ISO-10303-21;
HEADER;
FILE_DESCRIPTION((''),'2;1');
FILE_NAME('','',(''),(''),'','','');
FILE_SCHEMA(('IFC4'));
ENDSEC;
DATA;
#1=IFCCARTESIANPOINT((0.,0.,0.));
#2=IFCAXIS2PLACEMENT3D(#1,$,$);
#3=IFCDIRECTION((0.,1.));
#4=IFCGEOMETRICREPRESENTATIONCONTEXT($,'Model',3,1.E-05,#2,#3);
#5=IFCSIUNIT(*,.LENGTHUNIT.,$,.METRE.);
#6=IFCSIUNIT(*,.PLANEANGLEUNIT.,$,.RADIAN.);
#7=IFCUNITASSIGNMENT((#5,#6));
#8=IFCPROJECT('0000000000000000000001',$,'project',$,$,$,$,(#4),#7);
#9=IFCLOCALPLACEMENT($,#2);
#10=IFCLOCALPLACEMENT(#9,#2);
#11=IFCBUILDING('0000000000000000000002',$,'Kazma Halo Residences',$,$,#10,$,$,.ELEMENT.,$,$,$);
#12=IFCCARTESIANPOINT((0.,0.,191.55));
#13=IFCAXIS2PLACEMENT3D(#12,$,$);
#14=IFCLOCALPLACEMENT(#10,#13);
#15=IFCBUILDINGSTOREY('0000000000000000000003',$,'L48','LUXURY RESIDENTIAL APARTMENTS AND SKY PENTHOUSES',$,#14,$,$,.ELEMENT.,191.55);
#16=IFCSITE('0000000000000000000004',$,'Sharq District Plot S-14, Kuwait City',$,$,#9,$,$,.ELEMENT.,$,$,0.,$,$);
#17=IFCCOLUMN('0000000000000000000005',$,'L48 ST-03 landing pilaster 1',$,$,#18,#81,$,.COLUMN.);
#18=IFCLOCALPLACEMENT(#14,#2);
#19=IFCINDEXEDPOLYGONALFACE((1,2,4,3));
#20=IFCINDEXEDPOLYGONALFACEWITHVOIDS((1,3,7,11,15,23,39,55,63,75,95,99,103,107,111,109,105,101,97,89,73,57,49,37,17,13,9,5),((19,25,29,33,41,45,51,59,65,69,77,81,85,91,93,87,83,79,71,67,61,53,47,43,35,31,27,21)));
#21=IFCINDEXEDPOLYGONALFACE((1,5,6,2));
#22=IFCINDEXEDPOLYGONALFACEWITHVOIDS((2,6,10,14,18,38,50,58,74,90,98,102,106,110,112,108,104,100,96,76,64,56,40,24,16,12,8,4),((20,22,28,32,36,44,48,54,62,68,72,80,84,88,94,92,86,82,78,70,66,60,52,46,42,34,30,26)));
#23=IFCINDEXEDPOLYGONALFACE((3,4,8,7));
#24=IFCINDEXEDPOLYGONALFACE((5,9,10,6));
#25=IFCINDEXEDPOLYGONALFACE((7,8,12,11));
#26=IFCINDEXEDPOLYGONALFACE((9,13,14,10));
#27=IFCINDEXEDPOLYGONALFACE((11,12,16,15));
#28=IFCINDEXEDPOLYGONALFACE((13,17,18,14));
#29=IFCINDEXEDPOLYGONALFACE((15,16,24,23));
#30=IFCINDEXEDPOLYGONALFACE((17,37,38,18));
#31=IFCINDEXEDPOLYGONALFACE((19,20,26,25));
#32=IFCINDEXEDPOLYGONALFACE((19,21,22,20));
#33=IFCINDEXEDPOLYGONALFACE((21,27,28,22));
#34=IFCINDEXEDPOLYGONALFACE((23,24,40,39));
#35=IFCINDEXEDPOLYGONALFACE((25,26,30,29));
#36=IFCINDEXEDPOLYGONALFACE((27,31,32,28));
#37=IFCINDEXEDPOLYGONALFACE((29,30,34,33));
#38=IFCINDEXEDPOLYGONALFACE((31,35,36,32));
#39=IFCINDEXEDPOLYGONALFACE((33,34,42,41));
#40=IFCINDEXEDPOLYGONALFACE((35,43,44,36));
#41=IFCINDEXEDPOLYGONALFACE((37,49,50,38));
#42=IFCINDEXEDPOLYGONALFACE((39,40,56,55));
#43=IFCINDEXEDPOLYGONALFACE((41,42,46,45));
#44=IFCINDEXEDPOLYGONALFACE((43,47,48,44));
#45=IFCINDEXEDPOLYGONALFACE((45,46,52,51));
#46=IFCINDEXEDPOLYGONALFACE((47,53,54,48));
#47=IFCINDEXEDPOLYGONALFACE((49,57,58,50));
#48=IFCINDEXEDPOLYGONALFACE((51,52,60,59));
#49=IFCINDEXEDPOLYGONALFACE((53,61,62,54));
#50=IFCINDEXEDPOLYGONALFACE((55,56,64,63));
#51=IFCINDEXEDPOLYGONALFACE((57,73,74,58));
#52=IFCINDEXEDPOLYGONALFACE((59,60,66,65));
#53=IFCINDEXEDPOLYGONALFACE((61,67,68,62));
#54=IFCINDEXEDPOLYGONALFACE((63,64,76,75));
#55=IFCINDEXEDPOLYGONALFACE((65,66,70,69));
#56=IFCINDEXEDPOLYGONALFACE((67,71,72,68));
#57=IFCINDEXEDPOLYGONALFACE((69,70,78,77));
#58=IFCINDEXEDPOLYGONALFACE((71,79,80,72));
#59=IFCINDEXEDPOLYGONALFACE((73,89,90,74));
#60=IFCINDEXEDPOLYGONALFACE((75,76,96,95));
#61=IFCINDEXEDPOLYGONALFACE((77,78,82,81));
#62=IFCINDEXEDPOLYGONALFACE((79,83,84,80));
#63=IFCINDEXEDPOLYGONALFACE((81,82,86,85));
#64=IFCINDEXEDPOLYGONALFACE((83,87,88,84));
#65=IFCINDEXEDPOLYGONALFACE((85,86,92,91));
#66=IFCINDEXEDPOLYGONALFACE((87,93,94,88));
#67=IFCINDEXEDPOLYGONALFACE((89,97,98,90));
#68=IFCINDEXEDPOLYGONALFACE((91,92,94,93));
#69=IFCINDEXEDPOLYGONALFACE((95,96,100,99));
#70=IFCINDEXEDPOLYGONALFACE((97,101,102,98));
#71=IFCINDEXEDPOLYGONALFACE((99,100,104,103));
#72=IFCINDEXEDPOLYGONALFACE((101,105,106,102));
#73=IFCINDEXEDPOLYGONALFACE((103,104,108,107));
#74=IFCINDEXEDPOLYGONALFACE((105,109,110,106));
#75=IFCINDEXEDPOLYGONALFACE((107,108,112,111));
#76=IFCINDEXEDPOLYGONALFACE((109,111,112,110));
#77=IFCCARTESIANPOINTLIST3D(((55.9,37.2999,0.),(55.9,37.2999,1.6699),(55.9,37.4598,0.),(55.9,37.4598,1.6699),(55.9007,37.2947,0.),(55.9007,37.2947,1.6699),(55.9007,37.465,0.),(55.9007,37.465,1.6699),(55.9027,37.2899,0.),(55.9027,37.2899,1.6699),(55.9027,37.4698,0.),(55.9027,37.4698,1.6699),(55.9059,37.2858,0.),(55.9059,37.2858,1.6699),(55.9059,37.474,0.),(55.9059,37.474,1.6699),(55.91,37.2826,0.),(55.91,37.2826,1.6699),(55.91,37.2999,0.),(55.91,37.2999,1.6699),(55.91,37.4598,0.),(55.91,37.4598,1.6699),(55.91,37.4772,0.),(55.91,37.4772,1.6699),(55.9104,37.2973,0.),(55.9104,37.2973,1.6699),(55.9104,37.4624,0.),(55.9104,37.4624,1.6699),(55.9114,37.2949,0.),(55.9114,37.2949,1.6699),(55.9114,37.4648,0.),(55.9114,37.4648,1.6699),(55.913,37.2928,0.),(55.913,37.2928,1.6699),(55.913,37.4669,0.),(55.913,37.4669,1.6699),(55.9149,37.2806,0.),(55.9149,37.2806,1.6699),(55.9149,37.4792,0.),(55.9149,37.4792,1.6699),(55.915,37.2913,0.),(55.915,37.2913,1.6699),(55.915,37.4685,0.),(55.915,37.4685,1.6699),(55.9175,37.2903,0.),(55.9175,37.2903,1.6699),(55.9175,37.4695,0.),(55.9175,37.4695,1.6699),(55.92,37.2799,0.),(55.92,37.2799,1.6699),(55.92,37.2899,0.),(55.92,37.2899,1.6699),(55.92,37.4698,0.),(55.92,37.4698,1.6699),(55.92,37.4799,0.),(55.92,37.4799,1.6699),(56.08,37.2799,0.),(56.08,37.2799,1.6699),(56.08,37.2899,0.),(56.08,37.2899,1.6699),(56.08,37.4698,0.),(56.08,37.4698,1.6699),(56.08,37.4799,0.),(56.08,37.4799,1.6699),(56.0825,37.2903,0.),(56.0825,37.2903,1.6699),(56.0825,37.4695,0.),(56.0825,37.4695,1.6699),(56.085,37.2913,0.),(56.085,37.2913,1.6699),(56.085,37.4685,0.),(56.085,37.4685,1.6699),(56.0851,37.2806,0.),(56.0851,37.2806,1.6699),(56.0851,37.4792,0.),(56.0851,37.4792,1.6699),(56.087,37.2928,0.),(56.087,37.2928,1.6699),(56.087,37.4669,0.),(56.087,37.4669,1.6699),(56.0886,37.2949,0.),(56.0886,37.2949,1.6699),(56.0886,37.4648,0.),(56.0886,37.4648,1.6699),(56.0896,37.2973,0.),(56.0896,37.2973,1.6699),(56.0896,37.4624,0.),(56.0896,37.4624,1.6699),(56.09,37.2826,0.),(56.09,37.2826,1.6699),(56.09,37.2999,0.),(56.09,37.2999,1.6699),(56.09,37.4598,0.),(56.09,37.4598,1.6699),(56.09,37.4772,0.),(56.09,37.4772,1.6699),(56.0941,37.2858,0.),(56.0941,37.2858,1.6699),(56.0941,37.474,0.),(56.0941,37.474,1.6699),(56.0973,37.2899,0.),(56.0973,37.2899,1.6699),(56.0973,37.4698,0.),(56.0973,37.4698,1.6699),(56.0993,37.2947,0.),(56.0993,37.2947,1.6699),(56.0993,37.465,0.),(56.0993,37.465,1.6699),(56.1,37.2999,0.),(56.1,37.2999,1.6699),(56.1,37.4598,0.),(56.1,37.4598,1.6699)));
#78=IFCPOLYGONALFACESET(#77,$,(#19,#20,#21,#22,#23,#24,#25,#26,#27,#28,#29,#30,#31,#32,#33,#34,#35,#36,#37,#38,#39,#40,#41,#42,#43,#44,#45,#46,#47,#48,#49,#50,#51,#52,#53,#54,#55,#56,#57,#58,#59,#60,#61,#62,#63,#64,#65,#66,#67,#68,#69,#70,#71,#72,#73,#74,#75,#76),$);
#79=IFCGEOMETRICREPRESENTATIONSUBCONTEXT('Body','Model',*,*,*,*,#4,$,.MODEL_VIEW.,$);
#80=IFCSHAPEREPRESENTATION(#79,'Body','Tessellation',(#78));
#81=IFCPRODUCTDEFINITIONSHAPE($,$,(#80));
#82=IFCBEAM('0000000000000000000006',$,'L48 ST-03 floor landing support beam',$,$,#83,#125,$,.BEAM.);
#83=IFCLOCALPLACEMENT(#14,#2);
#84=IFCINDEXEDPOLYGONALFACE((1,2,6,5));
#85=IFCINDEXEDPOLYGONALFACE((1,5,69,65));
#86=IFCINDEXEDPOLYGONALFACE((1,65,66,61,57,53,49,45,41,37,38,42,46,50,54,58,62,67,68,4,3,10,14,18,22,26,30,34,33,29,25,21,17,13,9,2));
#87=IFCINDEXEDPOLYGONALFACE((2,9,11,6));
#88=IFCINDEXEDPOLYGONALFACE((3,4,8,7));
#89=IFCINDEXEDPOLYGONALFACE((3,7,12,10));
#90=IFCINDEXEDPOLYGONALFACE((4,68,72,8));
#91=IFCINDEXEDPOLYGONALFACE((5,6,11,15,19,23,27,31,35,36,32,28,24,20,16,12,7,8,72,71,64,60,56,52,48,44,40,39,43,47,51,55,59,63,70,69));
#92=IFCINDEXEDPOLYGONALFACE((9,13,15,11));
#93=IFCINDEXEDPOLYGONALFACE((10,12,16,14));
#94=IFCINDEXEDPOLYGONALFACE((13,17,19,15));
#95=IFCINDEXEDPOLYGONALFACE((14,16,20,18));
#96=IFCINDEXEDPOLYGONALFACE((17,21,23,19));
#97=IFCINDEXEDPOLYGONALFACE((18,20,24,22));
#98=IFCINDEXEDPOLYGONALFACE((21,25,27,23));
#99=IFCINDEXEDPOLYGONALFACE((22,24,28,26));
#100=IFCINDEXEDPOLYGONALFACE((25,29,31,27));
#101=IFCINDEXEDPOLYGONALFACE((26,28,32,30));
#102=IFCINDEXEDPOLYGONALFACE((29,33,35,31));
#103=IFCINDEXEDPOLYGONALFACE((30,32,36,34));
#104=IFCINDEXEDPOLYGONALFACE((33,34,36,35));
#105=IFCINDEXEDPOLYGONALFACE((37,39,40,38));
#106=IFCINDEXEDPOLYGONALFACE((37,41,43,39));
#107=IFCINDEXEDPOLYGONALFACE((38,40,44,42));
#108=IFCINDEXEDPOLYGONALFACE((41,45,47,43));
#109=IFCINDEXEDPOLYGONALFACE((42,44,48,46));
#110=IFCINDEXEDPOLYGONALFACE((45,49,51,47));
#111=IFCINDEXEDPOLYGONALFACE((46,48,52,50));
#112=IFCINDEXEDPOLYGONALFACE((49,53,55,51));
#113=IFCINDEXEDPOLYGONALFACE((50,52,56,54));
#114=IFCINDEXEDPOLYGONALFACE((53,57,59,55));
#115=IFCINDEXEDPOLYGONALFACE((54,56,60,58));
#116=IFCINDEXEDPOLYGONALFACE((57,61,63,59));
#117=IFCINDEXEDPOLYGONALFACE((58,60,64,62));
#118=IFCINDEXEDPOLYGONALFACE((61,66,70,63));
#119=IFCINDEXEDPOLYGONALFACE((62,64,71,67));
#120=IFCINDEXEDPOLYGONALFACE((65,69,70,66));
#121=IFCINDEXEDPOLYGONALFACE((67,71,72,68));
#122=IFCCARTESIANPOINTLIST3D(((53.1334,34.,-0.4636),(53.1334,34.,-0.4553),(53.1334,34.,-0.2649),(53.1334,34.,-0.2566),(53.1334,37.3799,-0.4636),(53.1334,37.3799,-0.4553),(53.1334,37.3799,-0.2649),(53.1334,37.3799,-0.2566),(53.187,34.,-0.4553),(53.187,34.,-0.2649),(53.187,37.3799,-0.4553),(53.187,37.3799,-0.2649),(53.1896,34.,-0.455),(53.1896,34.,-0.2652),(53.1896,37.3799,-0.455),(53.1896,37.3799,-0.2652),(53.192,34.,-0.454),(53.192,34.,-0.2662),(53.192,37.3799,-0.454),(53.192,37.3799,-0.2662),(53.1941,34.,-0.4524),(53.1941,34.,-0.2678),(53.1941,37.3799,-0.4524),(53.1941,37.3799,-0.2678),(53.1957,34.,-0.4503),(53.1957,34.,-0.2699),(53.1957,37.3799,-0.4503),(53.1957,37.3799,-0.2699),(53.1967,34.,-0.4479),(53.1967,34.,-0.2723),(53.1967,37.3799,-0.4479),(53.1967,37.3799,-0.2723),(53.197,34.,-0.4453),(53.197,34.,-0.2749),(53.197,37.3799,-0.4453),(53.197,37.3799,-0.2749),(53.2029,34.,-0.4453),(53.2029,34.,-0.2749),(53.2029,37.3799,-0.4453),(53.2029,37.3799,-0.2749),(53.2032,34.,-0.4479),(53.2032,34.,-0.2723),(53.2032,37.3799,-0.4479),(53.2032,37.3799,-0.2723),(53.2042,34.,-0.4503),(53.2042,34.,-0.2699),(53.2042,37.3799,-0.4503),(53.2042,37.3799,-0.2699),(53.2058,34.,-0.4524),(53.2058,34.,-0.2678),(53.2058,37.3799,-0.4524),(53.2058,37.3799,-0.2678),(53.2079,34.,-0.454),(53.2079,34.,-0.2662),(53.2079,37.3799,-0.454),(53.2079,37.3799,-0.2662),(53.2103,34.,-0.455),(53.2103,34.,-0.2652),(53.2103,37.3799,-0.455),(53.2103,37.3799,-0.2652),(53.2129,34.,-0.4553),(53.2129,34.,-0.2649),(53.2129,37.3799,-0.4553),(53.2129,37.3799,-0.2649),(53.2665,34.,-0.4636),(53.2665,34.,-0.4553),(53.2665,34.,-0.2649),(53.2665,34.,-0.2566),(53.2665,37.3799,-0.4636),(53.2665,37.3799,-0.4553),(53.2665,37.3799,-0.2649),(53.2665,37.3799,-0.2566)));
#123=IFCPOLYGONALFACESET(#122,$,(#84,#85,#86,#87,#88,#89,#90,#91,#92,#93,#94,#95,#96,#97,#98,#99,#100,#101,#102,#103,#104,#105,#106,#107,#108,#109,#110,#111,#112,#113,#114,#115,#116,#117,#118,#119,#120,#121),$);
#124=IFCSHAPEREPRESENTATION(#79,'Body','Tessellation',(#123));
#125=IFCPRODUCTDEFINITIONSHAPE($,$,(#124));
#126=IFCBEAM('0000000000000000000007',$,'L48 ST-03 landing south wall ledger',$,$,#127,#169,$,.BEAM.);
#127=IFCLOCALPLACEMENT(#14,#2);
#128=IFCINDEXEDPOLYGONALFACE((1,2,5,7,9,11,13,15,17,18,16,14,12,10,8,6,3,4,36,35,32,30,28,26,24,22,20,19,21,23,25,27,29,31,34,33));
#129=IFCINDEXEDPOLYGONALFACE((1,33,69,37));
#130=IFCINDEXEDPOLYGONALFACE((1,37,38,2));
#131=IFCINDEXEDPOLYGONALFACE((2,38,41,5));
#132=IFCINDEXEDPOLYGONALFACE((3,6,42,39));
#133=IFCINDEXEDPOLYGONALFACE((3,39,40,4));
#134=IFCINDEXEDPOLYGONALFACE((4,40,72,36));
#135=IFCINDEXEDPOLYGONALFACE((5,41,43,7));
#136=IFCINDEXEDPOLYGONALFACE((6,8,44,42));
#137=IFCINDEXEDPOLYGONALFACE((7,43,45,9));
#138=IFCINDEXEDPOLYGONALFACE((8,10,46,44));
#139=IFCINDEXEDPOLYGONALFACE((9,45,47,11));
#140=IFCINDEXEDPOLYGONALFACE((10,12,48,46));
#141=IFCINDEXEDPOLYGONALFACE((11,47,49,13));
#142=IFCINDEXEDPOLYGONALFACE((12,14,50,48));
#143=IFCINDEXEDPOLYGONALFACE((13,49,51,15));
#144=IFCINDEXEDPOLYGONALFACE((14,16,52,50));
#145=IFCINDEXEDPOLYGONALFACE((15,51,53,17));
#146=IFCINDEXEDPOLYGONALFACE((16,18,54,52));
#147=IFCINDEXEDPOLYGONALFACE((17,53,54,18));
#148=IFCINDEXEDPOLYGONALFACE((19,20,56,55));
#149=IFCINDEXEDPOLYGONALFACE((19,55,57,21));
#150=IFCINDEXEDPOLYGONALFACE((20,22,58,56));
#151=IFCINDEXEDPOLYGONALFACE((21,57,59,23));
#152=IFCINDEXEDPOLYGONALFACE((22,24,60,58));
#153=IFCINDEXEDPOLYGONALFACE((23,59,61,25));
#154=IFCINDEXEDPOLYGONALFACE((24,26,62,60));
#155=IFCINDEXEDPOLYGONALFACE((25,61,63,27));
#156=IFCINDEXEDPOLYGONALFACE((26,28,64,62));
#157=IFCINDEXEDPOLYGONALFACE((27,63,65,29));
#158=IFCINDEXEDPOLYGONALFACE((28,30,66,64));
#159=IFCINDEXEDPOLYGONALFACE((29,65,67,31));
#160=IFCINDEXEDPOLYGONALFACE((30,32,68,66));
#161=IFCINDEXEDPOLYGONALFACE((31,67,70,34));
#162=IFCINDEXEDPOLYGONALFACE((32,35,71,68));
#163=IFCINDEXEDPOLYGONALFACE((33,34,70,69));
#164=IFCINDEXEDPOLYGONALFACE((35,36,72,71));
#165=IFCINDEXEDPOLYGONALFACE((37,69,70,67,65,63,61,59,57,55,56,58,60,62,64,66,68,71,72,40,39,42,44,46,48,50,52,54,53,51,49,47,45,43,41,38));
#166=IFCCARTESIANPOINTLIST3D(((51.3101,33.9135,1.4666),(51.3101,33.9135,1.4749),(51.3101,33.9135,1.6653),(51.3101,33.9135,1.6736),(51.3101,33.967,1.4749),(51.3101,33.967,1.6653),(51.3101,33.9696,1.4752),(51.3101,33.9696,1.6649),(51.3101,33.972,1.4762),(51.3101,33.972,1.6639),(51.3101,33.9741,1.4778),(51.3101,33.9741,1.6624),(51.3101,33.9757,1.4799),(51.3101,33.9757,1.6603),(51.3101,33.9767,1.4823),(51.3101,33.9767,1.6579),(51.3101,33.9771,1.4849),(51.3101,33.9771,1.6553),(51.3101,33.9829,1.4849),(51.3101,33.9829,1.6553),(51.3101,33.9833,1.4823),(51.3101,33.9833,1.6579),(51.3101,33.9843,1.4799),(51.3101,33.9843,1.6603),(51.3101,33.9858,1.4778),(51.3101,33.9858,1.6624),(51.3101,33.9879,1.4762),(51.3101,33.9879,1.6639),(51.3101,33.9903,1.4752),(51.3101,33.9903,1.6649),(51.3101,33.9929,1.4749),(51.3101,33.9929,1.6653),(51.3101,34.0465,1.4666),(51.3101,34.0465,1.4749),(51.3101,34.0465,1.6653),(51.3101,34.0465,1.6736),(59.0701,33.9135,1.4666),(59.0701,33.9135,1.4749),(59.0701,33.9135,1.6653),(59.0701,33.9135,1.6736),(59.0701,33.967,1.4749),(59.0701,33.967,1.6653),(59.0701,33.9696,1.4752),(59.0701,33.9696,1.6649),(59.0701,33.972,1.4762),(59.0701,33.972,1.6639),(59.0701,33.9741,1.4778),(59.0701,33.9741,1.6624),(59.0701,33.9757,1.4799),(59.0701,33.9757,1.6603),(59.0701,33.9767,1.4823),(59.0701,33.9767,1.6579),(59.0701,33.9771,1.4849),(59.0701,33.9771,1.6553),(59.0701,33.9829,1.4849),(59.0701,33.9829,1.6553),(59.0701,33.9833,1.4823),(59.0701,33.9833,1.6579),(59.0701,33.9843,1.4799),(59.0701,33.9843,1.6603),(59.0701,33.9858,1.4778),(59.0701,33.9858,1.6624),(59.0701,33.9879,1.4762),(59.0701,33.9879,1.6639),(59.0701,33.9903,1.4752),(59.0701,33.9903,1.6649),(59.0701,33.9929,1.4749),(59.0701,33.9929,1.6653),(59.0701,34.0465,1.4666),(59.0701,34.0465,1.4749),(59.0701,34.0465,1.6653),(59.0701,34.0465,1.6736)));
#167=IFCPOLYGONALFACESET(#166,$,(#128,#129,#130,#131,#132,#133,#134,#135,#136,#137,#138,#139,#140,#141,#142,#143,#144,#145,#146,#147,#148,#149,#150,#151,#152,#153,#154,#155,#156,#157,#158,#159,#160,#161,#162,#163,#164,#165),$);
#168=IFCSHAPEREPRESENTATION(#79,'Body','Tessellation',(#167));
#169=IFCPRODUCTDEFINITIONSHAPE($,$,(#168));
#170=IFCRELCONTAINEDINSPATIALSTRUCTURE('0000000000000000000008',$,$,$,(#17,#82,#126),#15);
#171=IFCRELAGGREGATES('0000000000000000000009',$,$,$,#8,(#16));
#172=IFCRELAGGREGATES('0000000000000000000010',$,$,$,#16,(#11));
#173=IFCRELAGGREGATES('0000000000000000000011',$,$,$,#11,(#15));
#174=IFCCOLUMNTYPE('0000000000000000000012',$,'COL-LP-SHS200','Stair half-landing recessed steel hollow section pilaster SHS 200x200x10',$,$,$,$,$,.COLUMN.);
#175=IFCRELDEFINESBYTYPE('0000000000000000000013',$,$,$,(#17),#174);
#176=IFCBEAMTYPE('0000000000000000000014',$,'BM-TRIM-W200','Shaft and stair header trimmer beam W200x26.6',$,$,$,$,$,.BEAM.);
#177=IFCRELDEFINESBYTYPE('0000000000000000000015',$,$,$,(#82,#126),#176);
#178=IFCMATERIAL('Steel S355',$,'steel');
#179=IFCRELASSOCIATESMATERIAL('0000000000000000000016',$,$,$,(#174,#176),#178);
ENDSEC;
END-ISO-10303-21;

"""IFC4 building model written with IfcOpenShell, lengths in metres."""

from ifc_helpers import new_model, si_unit, direction, frame, origin, origin_2d, place, context, subcontext, project, spatial, hollow_rectangle, i_section, extrude, material, material_profile, profile_set, type_object, element, save


model = new_model("IFC4")

# Units and contexts
model_context = context("Model", 3, precision=1e-05, world=origin(), true_north=direction((0.0, 1.0)))
body_context = subcontext(model_context, "Body", "Model", "MODEL_VIEW")
ifc_project = project(units=[si_unit("LENGTHUNIT", "METRE"), si_unit("PLANEANGLEUNIT", "RADIAN")], contexts=[model_context])

# Site, building, storey
site_placement = place(None, origin())
site = spatial("IfcSite", under=ifc_project, at=site_placement, Name="Sharq District Plot S-14, Kuwait City", CompositionType="ELEMENT", RefElevation=0.0)
building_placement = place(site_placement, origin())
building = spatial("IfcBuilding", under=site, at=building_placement, Name="Kazma Halo Residences", CompositionType="ELEMENT")
storey_placement = place(building_placement, frame((0.0, 0.0, 191.55)))
storey = spatial("IfcBuildingStorey", under=building, at=storey_placement, Name="L48", Description="LUXURY RESIDENTIAL APARTMENTS AND SKY PENTHOUSES", CompositionType="ELEMENT", Elevation=191.55)

# Column
ifc_material_1 = material(Name="Steel S355", Category="steel")
ifc_material_profile_1 = material_profile(ifc_material_1, hollow_rectangle(XDim=0.2, YDim=0.2, WallThickness=0.01, InnerFilletRadius=0.01, OuterFilletRadius=0.02, at=origin_2d()), Name="SHS200x200x10")
ifc_profile_set_1 = profile_set([ifc_material_profile_1], Name="Steel S355")
column_type = type_object("IfcColumnType", Name="COL-LP-SHS200", Description="Stair half-landing recessed steel hollow section pilaster SHS 200x200x10", PredefinedType="COLUMN", material=ifc_profile_set_1)
column_placement = place(storey_placement, frame((56.0, 37.3799, 0.0), z_axis=(0.0, 0.0, 1.0), x_axis=(1.0, 0.0, 0.0)))
element("IfcColumn", 1, at=column_placement, inside=storey, type_object=column_type, Name="L48 ST-03 landing pilaster 1", PredefinedType="COLUMN", context=body_context, shape_type="SweptSolid", body=[
    extrude(hollow_rectangle(XDim=0.2, YDim=0.2, WallThickness=0.01, InnerFilletRadius=0.01, OuterFilletRadius=0.02, at=origin_2d()), origin(), (0.0, 0.0, 1.0), 1.6699),
])

# Beams
ifc_material_profile_2 = material_profile(ifc_material_1, i_section(OverallWidth=0.1331, OverallDepth=0.207, WebThickness=0.0059, FlangeThickness=0.0083, FilletRadius=0.01, at=origin_2d()), Name="W200x26.6")
ifc_profile_set_2 = profile_set([ifc_material_profile_2], Name="Steel S355")
beam_type = type_object("IfcBeamType", Name="BM-TRIM-W200", Description="Shaft and stair header trimmer beam W200x26.6", PredefinedType="BEAM", material=ifc_profile_set_2)
beam_1_placement = place(storey_placement, frame((53.2, 34.0, -0.3601), z_axis=(0.0, 1.0, 0.0), x_axis=(-1.0, 0.0, 0.0)))
element("IfcBeam", 2, at=beam_1_placement, inside=storey, type_object=beam_type, Name="L48 ST-03 floor landing support beam", PredefinedType="BEAM", context=body_context, shape_type="SweptSolid", body=[
    extrude(i_section(OverallWidth=0.1331, OverallDepth=0.207, WebThickness=0.0059, FlangeThickness=0.0083, FilletRadius=0.01, at=origin_2d()), origin(), (0.0, 0.0, 1.0), 3.3799),
])
beam_2_placement = place(storey_placement, frame((51.3101, 33.98, 1.5701), z_axis=(1.0, 0.0, 0.0), x_axis=(0.0, 1.0, 0.0)))
element("IfcBeam", 3, at=beam_2_placement, inside=storey, type_object=beam_type, Name="L48 ST-03 landing south wall ledger", PredefinedType="BEAM", context=body_context, shape_type="SweptSolid", body=[
    extrude(i_section(OverallWidth=0.1331, OverallDepth=0.207, WebThickness=0.0059, FlangeThickness=0.0083, FilletRadius=0.01, at=origin_2d()), origin(), (0.0, 0.0, 1.0), 7.76),
])

save(model, "model.ifc")
